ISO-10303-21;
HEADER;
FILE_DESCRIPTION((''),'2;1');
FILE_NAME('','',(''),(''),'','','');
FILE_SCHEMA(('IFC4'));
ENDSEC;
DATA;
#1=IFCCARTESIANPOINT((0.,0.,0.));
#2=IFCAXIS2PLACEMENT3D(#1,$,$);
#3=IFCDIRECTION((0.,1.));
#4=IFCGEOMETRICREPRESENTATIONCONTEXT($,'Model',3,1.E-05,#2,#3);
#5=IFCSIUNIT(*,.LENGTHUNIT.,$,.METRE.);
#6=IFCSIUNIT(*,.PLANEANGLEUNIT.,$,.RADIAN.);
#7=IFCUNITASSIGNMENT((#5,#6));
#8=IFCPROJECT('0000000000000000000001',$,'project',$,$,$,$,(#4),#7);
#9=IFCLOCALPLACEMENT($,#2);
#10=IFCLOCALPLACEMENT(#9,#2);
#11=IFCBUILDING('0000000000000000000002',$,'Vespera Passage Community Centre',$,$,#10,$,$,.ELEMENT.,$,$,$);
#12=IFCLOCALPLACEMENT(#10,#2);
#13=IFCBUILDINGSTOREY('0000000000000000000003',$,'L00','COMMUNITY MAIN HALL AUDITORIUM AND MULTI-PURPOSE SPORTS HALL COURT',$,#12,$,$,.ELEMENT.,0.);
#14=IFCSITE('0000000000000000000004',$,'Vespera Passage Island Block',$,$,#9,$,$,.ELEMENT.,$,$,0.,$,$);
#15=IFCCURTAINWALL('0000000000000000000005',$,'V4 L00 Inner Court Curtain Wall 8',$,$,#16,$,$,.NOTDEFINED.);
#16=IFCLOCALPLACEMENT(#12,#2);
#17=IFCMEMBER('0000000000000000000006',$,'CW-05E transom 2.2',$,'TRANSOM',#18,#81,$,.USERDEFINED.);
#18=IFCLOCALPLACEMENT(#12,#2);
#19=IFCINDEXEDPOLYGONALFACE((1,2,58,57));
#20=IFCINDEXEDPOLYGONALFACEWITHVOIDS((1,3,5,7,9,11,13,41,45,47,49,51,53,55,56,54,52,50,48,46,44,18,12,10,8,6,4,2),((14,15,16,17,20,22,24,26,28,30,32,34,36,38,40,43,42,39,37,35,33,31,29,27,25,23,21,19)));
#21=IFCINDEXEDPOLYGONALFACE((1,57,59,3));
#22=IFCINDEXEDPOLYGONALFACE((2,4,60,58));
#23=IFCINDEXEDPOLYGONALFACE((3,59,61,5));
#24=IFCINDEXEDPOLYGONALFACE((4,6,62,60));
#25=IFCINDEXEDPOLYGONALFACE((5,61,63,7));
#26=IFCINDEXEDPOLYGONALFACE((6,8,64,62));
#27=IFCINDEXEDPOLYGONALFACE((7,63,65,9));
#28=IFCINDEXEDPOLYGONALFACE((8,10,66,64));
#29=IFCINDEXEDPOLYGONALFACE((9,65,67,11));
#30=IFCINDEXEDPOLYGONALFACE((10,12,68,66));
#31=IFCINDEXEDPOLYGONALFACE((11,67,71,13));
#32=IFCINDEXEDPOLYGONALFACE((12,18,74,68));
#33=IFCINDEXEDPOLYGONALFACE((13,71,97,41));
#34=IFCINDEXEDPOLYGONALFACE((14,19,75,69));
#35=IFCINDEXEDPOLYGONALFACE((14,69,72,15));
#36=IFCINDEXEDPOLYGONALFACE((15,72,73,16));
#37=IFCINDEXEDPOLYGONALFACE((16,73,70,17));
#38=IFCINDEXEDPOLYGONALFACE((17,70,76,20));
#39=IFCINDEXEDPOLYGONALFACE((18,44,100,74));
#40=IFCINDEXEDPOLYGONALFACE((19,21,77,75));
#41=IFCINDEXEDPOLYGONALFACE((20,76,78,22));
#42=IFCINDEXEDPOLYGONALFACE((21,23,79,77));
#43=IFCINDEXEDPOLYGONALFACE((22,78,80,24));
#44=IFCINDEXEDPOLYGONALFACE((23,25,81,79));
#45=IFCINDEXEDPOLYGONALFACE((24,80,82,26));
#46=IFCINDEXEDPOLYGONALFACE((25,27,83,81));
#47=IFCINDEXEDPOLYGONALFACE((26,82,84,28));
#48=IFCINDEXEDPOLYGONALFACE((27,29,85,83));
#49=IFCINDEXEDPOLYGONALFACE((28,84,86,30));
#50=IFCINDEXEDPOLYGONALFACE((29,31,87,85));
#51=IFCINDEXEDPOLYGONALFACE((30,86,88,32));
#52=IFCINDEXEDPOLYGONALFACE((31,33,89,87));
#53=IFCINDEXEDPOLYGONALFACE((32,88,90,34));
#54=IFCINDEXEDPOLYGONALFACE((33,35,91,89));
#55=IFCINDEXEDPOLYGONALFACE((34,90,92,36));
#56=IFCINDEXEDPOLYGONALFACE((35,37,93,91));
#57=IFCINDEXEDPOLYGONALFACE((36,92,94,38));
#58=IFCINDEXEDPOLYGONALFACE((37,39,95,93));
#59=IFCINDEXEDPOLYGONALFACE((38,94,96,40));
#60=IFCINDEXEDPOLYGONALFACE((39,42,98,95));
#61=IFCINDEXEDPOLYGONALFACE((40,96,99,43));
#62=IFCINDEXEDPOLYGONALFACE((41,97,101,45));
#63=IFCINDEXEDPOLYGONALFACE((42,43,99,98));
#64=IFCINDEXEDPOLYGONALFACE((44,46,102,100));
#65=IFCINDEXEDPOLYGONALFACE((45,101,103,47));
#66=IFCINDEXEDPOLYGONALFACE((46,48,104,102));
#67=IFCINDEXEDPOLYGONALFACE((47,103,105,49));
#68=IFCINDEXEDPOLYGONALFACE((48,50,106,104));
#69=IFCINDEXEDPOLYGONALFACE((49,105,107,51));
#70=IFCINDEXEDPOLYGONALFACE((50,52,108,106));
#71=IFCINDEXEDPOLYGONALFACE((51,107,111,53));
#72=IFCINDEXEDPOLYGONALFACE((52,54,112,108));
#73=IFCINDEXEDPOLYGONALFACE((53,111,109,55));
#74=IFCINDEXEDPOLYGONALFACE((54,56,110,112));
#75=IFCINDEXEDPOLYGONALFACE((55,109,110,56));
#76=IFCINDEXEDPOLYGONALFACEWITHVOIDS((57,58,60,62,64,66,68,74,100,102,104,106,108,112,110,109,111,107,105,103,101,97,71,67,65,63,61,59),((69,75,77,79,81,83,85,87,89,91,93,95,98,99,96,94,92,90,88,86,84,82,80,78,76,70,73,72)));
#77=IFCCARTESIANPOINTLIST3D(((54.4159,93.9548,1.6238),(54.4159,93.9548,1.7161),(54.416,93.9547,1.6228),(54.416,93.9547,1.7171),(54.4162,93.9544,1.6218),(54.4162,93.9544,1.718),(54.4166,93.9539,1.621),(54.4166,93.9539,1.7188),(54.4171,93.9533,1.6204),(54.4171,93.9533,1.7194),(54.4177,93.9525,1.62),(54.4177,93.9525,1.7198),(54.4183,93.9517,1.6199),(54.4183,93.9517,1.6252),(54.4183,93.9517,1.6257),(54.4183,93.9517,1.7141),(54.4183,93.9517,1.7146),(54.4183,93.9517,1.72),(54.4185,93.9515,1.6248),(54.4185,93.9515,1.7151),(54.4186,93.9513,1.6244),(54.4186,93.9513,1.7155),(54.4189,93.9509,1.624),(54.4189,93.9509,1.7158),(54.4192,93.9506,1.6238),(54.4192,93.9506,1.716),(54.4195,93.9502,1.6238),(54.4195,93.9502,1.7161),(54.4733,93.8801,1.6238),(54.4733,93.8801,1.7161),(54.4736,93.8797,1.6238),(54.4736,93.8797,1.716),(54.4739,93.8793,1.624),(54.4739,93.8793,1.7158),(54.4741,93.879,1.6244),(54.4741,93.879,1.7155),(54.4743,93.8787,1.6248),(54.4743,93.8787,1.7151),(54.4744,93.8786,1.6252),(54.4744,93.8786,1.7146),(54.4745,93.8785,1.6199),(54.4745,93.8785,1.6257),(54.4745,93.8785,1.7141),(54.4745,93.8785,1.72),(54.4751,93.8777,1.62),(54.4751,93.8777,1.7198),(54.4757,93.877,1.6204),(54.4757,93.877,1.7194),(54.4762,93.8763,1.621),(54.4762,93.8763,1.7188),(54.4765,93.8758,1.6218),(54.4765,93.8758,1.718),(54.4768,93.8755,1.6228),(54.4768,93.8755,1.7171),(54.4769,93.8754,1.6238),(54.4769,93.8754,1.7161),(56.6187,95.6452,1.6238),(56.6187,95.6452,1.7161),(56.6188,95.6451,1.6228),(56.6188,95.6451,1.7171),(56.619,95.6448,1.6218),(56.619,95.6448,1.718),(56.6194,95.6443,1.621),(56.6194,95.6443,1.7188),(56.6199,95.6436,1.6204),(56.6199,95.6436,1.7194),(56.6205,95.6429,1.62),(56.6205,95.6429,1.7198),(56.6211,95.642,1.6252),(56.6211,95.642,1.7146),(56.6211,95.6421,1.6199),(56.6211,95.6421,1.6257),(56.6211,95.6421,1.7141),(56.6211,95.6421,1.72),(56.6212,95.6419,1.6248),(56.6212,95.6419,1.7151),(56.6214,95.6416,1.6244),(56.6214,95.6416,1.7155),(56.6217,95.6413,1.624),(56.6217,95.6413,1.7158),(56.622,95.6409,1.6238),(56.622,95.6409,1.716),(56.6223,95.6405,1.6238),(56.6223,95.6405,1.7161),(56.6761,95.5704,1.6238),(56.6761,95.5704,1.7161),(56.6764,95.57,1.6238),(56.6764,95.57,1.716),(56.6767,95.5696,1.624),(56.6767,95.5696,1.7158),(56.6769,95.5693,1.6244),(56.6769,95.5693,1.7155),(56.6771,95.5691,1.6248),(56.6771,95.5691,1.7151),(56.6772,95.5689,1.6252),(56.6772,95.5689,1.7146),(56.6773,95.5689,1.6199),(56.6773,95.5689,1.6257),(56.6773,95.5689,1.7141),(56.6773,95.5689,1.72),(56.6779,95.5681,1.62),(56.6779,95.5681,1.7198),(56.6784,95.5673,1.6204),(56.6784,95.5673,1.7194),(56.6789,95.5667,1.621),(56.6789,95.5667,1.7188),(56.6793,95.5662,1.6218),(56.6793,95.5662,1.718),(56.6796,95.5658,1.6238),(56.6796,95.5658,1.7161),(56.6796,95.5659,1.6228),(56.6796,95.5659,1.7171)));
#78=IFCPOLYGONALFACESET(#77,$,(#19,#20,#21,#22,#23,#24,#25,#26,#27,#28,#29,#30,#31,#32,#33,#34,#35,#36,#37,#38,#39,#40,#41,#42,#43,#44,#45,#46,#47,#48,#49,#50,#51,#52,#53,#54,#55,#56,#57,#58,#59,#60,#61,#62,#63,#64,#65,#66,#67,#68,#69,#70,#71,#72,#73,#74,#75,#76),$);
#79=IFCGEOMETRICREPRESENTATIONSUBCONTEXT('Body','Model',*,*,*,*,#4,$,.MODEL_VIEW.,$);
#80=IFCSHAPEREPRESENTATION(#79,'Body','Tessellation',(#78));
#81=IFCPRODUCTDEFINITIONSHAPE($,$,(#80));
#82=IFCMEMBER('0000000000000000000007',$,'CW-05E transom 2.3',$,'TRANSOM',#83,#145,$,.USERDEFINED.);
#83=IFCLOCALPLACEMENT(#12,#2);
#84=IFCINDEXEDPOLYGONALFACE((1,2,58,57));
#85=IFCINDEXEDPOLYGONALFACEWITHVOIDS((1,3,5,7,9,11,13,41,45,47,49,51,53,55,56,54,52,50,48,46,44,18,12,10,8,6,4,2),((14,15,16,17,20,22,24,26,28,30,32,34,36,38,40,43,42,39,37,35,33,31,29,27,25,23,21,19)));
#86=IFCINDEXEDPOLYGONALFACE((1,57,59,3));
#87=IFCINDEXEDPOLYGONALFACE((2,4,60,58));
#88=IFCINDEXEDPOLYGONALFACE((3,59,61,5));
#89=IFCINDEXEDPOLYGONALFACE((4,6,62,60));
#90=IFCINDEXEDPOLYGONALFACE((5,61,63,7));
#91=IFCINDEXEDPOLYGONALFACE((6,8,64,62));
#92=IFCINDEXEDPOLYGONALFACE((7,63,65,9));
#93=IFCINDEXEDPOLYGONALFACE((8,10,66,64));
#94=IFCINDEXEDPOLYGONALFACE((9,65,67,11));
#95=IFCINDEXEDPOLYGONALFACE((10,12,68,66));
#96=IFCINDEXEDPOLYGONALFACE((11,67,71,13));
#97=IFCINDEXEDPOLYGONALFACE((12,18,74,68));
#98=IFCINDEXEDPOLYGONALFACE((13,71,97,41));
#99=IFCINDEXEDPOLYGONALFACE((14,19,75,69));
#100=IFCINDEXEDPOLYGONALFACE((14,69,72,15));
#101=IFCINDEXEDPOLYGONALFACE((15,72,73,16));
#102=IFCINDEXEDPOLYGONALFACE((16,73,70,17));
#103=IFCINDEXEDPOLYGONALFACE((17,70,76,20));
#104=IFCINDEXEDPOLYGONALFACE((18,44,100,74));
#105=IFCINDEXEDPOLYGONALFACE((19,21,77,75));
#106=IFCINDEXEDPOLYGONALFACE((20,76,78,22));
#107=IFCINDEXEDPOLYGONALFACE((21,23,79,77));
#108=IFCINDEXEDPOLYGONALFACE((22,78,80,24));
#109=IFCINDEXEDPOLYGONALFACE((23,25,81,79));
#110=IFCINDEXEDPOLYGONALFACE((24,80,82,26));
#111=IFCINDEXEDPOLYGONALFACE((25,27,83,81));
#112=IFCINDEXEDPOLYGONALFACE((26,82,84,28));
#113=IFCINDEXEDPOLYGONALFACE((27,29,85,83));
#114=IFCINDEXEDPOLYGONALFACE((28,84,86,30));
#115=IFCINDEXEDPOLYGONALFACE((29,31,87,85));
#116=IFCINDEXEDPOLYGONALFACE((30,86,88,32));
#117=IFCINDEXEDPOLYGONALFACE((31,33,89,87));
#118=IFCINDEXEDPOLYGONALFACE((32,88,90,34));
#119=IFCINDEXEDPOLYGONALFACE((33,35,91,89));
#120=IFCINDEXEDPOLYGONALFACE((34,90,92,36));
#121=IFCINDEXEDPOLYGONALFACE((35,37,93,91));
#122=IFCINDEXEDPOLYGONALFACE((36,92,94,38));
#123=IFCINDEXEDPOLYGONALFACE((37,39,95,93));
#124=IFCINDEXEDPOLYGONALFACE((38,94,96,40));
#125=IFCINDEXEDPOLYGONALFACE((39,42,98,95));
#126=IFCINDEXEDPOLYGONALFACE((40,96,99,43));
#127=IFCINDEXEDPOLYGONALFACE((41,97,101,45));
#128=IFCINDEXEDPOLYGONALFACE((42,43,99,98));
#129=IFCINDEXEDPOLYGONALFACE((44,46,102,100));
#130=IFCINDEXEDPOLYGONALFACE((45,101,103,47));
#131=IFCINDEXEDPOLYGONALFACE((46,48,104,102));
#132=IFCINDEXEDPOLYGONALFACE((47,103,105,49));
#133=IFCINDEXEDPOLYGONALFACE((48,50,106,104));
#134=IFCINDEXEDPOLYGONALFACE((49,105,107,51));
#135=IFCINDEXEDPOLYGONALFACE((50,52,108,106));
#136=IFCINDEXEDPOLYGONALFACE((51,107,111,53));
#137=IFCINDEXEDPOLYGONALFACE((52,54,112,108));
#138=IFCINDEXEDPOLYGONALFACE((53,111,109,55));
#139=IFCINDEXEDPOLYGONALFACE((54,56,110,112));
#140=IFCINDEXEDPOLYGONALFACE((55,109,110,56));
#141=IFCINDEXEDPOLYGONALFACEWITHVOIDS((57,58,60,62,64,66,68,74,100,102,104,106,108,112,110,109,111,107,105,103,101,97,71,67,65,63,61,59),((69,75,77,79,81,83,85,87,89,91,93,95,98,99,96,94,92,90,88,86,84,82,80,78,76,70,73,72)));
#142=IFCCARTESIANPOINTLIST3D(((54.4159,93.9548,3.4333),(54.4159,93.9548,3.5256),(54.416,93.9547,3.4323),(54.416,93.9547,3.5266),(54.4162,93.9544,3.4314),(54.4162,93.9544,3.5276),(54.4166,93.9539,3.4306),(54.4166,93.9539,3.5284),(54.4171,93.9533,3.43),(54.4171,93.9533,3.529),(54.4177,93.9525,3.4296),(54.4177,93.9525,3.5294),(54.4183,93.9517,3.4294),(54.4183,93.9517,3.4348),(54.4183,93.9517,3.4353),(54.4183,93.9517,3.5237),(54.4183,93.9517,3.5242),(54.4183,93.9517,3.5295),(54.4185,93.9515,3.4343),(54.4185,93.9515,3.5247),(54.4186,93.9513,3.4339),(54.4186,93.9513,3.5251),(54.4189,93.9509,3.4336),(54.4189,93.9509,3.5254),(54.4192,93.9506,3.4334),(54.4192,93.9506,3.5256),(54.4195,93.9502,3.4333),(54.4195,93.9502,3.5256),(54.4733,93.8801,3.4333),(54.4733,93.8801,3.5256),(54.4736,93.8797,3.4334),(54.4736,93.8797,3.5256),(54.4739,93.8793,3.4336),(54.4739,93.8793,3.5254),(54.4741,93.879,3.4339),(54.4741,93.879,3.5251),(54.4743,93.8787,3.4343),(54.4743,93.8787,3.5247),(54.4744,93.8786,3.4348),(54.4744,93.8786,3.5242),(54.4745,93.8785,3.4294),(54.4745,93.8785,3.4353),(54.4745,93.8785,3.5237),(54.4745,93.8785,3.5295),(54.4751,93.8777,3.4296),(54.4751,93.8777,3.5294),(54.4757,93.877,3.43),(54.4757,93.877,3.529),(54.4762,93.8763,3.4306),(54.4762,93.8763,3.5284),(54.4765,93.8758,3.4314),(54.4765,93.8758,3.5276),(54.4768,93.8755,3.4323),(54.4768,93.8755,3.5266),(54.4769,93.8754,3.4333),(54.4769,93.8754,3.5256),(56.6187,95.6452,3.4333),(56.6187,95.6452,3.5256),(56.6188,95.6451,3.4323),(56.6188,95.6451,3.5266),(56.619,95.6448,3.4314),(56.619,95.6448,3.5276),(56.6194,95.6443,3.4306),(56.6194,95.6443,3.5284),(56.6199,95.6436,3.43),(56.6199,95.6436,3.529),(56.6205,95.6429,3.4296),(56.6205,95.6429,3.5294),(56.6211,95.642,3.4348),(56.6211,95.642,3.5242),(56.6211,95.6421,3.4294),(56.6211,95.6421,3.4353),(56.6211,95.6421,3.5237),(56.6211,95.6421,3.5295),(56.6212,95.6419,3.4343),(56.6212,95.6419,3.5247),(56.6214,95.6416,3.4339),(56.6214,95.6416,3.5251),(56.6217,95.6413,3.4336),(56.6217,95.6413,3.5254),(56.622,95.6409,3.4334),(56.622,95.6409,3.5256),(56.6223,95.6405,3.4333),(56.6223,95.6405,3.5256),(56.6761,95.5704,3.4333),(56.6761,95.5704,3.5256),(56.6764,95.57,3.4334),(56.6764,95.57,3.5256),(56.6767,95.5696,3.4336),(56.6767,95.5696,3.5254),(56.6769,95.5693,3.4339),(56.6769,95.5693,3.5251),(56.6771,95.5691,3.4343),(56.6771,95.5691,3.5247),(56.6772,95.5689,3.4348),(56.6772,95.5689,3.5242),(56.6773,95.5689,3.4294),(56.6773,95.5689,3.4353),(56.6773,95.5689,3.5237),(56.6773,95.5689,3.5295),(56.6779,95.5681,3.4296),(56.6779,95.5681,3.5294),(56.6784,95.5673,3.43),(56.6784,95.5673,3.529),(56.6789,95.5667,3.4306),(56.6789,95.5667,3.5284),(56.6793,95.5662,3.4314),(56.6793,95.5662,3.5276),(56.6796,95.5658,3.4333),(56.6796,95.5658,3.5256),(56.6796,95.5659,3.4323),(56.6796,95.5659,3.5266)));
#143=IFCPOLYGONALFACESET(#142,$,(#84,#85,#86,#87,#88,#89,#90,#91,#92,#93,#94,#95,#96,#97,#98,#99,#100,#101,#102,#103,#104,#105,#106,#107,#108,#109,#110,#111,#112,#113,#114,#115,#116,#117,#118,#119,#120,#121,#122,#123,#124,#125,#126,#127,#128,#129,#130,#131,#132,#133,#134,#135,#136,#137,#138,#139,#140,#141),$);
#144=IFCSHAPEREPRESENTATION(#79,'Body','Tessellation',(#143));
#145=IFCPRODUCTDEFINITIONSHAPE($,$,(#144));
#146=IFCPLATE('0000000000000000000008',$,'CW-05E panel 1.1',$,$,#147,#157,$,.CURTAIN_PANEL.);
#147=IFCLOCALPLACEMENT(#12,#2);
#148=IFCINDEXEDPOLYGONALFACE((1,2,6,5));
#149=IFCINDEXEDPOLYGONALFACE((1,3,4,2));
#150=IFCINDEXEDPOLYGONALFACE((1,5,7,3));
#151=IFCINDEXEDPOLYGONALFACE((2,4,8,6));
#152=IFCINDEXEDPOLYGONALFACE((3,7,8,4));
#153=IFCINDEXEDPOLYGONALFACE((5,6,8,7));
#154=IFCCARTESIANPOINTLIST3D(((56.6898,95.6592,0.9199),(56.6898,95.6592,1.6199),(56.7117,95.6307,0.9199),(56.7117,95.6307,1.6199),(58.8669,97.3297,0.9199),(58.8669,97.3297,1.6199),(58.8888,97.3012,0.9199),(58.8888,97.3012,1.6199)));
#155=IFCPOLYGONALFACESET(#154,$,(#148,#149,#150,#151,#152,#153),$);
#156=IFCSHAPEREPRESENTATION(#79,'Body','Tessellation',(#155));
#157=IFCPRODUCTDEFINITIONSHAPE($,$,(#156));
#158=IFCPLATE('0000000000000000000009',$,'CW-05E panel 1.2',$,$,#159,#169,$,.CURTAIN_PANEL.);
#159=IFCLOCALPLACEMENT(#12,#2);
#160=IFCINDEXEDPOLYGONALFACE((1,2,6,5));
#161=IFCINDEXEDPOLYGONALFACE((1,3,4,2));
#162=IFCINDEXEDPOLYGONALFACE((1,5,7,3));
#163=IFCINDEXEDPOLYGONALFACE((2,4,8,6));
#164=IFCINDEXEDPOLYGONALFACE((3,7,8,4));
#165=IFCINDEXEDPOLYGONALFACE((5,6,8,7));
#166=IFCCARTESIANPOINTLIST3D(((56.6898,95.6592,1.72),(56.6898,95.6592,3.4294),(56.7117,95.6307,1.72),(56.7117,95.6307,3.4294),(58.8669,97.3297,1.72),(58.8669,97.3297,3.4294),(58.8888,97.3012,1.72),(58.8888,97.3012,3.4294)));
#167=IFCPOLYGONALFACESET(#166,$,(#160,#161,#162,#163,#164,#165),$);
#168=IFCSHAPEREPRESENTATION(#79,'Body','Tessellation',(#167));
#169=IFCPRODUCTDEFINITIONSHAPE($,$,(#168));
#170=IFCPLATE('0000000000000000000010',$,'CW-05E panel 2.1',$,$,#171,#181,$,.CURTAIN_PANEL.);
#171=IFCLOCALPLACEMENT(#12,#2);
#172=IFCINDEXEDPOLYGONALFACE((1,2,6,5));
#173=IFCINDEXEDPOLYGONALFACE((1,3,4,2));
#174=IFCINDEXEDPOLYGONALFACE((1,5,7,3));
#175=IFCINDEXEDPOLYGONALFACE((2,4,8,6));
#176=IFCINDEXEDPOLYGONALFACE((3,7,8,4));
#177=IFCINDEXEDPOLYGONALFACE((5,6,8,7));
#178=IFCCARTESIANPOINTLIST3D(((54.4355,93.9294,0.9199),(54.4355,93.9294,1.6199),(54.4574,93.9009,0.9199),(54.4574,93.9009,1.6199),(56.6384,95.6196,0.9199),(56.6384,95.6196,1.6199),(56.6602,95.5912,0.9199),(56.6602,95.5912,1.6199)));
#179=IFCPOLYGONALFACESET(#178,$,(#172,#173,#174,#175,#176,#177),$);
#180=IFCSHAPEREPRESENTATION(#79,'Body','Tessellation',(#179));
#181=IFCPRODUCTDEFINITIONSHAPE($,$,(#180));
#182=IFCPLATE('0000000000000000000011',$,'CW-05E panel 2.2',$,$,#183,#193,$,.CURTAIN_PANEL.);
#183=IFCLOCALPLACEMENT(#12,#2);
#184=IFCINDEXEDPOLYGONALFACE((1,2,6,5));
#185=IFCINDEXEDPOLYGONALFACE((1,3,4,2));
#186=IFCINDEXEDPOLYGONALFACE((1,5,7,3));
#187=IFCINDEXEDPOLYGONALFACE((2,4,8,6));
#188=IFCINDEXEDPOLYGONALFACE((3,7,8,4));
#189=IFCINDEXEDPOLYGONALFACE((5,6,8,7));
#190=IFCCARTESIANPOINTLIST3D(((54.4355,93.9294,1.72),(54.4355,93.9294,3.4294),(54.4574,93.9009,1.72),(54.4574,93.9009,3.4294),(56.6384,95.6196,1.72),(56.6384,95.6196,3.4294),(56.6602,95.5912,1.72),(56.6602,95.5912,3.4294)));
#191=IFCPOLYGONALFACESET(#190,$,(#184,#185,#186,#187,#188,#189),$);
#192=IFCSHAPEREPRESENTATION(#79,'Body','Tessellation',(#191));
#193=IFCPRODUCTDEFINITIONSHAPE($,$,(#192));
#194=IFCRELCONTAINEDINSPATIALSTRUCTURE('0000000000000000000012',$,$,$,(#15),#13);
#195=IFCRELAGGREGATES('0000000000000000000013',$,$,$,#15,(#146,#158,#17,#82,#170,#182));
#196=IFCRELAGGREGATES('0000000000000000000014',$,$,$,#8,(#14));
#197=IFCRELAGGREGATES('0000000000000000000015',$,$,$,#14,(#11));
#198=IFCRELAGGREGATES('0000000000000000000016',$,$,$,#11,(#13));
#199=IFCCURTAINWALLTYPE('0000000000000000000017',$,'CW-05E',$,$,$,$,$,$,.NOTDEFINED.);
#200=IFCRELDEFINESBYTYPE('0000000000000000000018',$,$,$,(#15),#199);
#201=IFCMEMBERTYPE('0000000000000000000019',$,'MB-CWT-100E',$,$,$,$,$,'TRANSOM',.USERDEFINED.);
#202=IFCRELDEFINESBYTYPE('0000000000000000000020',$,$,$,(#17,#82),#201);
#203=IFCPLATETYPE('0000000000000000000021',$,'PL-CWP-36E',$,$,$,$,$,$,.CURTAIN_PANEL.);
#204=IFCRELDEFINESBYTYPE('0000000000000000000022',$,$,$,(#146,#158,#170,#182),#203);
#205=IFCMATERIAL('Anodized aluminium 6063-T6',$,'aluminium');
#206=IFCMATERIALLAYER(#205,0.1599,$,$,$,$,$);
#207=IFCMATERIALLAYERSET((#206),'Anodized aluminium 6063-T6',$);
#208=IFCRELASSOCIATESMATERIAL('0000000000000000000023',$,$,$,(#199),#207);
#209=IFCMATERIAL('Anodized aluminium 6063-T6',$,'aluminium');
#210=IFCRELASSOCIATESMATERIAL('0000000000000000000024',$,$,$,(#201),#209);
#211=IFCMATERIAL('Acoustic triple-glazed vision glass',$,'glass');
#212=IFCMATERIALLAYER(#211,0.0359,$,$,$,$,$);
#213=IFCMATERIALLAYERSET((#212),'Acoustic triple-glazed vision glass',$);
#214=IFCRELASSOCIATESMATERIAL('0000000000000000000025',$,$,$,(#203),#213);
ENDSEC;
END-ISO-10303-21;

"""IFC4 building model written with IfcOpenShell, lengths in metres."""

from ifc_helpers import new_model, si_unit, direction, frame, origin, origin_2d, place, context, subcontext, project, spatial, rectangle, hollow_rectangle, extrude, material, layer, layer_set, material_profile, profile_set, type_object, element, aggregate, save


model = new_model("IFC4")

# Units and contexts
model_context = context("Model", 3, precision=1e-05, world=origin(), true_north=direction((0.0, 1.0)))
body_context = subcontext(model_context, "Body", "Model", "MODEL_VIEW")
ifc_project = project(units=[si_unit("LENGTHUNIT", "METRE"), si_unit("PLANEANGLEUNIT", "RADIAN")], contexts=[model_context])

# Site, building, storey
site_placement = place(None, origin())
site = spatial("IfcSite", under=ifc_project, at=site_placement, Name="Vespera Passage Island Block", CompositionType="ELEMENT", RefElevation=0.0)
building_placement = place(site_placement, origin())
building = spatial("IfcBuilding", under=site, at=building_placement, Name="Vespera Passage Community Centre", CompositionType="ELEMENT")
storey_placement = place(building_placement, origin())
storey = spatial("IfcBuildingStorey", under=building, at=storey_placement, Name="L00", Description="COMMUNITY MAIN HALL AUDITORIUM AND MULTI-PURPOSE SPORTS HALL COURT", CompositionType="ELEMENT", Elevation=0.0)

# Curtain wall, members, plates
ifc_material_1 = material(Name="Anodized aluminium 6063-T6", Category="aluminium")
ifc_layer_1 = layer(ifc_material_1, 0.1599)
ifc_layer_set_1 = layer_set([ifc_layer_1], Name="Anodized aluminium 6063-T6")
curtain_wall_type = type_object("IfcCurtainWallType", Name="CW-05E", PredefinedType="NOTDEFINED", material=ifc_layer_set_1)
curtain_wall_placement = place(storey_placement, origin())
curtain_wall = element("IfcCurtainWall", 1, at=curtain_wall_placement, inside=storey, type_object=curtain_wall_type, Name="V4 L00 Inner Court Curtain Wall 8", PredefinedType="NOTDEFINED")
ifc_material_2 = material(Name="Anodized aluminium 6063-T6", Category="aluminium")
ifc_material_profile_1 = material_profile(ifc_material_2, hollow_rectangle(XDim=0.1001, YDim=0.1001, WallThickness=0.0039, InnerFilletRadius=0.002, OuterFilletRadius=0.0039, at=origin_2d()), Name="ALU100X100X4")
ifc_profile_set_1 = profile_set([ifc_material_profile_1], Name="Anodized aluminium 6063-T6")
member_type_1 = type_object("IfcMemberType", Name="MB-CWT-100E", ElementType="TRANSOM", PredefinedType="USERDEFINED", material=ifc_profile_set_1)
member_1_placement = place(storey_placement, frame((56.6492, 95.6055, 1.6699), z_axis=(-0.793336, -0.608784, 0.0), x_axis=(0.608784, -0.793336, 0.0)))
member_1 = element("IfcMember", 2, at=member_1_placement, type_object=member_type_1, Name="CW-05E transom 2.2", ObjectType="TRANSOM", PredefinedType="USERDEFINED", context=body_context, shape_type="SweptSolid", body=[
    extrude(hollow_rectangle(XDim=0.1001, YDim=0.1001, WallThickness=0.0039, InnerFilletRadius=0.002, OuterFilletRadius=0.0039, at=origin_2d()), origin(), (0.0, 0.0, 1.0), 2.7766),
])
member_2_placement = place(storey_placement, frame((56.6492, 95.6055, 3.4795), z_axis=(-0.793336, -0.608784, 0.0), x_axis=(0.608784, -0.793336, 0.0)))
member_2 = element("IfcMember", 3, at=member_2_placement, type_object=member_type_1, Name="CW-05E transom 2.3", ObjectType="TRANSOM", PredefinedType="USERDEFINED", context=body_context, shape_type="SweptSolid", body=[
    extrude(hollow_rectangle(XDim=0.1001, YDim=0.1001, WallThickness=0.0039, InnerFilletRadius=0.002, OuterFilletRadius=0.0039, at=origin_2d()), origin(), (0.0, 0.0, 1.0), 2.7766),
])
ifc_material_3 = material(Name="Acoustic triple-glazed vision glass", Category="glass")
ifc_layer_2 = layer(ifc_material_3, 0.0359)
ifc_layer_set_2 = layer_set([ifc_layer_2], Name="Acoustic triple-glazed vision glass")
plate_type = type_object("IfcPlateType", Name="PL-CWP-36E", PredefinedType="CURTAIN_PANEL", material=ifc_layer_set_2)
plate_1_placement = place(storey_placement, frame((57.7893, 96.4802, 0.9199), z_axis=(0.0, 0.0, 1.0), x_axis=(-0.793358, -0.608755, 0.0)))
plate_1 = element("IfcPlate", 4, at=plate_1_placement, type_object=plate_type, Name="CW-05E panel 1.1", PredefinedType="CURTAIN_PANEL", context=body_context, shape_type="SweptSolid", body=[
    extrude(rectangle(XDim=2.7441, YDim=0.0359, at=origin_2d()), origin(), (0.0, 0.0, 1.0), 0.7),
])
plate_2_placement = place(storey_placement, frame((57.7893, 96.4802, 1.72), z_axis=(0.0, 0.0, 1.0), x_axis=(-0.793358, -0.608755, 0.0)))
plate_2 = element("IfcPlate", 5, at=plate_2_placement, type_object=plate_type, Name="CW-05E panel 1.2", PredefinedType="CURTAIN_PANEL", context=body_context, shape_type="SweptSolid", body=[
    extrude(rectangle(XDim=2.7441, YDim=0.0359, at=origin_2d()), origin(), (0.0, 0.0, 1.0), 1.7095),
])
plate_3_placement = place(storey_placement, frame((55.5479, 94.7603, 0.9199), z_axis=(0.0, 0.0, 1.0), x_axis=(-0.793358, -0.608755, 0.0)))
plate_3 = element("IfcPlate", 6, at=plate_3_placement, type_object=plate_type, Name="CW-05E panel 2.1", PredefinedType="CURTAIN_PANEL", context=body_context, shape_type="SweptSolid", body=[
    extrude(rectangle(XDim=2.7766, YDim=0.0359, at=origin_2d()), origin(), (0.0, 0.0, 1.0), 0.7),
])
plate_4_placement = place(storey_placement, frame((55.5479, 94.7603, 1.72), z_axis=(0.0, 0.0, 1.0), x_axis=(-0.793358, -0.608755, 0.0)))
plate_4 = element("IfcPlate", 7, at=plate_4_placement, type_object=plate_type, Name="CW-05E panel 2.2", PredefinedType="CURTAIN_PANEL", context=body_context, shape_type="SweptSolid", body=[
    extrude(rectangle(XDim=2.7766, YDim=0.0359, at=origin_2d()), origin(), (0.0, 0.0, 1.0), 1.7095),
])
aggregate(curtain_wall, [plate_1, plate_2, member_1, member_2, plate_3, plate_4])

save(model, "model.ifc")
